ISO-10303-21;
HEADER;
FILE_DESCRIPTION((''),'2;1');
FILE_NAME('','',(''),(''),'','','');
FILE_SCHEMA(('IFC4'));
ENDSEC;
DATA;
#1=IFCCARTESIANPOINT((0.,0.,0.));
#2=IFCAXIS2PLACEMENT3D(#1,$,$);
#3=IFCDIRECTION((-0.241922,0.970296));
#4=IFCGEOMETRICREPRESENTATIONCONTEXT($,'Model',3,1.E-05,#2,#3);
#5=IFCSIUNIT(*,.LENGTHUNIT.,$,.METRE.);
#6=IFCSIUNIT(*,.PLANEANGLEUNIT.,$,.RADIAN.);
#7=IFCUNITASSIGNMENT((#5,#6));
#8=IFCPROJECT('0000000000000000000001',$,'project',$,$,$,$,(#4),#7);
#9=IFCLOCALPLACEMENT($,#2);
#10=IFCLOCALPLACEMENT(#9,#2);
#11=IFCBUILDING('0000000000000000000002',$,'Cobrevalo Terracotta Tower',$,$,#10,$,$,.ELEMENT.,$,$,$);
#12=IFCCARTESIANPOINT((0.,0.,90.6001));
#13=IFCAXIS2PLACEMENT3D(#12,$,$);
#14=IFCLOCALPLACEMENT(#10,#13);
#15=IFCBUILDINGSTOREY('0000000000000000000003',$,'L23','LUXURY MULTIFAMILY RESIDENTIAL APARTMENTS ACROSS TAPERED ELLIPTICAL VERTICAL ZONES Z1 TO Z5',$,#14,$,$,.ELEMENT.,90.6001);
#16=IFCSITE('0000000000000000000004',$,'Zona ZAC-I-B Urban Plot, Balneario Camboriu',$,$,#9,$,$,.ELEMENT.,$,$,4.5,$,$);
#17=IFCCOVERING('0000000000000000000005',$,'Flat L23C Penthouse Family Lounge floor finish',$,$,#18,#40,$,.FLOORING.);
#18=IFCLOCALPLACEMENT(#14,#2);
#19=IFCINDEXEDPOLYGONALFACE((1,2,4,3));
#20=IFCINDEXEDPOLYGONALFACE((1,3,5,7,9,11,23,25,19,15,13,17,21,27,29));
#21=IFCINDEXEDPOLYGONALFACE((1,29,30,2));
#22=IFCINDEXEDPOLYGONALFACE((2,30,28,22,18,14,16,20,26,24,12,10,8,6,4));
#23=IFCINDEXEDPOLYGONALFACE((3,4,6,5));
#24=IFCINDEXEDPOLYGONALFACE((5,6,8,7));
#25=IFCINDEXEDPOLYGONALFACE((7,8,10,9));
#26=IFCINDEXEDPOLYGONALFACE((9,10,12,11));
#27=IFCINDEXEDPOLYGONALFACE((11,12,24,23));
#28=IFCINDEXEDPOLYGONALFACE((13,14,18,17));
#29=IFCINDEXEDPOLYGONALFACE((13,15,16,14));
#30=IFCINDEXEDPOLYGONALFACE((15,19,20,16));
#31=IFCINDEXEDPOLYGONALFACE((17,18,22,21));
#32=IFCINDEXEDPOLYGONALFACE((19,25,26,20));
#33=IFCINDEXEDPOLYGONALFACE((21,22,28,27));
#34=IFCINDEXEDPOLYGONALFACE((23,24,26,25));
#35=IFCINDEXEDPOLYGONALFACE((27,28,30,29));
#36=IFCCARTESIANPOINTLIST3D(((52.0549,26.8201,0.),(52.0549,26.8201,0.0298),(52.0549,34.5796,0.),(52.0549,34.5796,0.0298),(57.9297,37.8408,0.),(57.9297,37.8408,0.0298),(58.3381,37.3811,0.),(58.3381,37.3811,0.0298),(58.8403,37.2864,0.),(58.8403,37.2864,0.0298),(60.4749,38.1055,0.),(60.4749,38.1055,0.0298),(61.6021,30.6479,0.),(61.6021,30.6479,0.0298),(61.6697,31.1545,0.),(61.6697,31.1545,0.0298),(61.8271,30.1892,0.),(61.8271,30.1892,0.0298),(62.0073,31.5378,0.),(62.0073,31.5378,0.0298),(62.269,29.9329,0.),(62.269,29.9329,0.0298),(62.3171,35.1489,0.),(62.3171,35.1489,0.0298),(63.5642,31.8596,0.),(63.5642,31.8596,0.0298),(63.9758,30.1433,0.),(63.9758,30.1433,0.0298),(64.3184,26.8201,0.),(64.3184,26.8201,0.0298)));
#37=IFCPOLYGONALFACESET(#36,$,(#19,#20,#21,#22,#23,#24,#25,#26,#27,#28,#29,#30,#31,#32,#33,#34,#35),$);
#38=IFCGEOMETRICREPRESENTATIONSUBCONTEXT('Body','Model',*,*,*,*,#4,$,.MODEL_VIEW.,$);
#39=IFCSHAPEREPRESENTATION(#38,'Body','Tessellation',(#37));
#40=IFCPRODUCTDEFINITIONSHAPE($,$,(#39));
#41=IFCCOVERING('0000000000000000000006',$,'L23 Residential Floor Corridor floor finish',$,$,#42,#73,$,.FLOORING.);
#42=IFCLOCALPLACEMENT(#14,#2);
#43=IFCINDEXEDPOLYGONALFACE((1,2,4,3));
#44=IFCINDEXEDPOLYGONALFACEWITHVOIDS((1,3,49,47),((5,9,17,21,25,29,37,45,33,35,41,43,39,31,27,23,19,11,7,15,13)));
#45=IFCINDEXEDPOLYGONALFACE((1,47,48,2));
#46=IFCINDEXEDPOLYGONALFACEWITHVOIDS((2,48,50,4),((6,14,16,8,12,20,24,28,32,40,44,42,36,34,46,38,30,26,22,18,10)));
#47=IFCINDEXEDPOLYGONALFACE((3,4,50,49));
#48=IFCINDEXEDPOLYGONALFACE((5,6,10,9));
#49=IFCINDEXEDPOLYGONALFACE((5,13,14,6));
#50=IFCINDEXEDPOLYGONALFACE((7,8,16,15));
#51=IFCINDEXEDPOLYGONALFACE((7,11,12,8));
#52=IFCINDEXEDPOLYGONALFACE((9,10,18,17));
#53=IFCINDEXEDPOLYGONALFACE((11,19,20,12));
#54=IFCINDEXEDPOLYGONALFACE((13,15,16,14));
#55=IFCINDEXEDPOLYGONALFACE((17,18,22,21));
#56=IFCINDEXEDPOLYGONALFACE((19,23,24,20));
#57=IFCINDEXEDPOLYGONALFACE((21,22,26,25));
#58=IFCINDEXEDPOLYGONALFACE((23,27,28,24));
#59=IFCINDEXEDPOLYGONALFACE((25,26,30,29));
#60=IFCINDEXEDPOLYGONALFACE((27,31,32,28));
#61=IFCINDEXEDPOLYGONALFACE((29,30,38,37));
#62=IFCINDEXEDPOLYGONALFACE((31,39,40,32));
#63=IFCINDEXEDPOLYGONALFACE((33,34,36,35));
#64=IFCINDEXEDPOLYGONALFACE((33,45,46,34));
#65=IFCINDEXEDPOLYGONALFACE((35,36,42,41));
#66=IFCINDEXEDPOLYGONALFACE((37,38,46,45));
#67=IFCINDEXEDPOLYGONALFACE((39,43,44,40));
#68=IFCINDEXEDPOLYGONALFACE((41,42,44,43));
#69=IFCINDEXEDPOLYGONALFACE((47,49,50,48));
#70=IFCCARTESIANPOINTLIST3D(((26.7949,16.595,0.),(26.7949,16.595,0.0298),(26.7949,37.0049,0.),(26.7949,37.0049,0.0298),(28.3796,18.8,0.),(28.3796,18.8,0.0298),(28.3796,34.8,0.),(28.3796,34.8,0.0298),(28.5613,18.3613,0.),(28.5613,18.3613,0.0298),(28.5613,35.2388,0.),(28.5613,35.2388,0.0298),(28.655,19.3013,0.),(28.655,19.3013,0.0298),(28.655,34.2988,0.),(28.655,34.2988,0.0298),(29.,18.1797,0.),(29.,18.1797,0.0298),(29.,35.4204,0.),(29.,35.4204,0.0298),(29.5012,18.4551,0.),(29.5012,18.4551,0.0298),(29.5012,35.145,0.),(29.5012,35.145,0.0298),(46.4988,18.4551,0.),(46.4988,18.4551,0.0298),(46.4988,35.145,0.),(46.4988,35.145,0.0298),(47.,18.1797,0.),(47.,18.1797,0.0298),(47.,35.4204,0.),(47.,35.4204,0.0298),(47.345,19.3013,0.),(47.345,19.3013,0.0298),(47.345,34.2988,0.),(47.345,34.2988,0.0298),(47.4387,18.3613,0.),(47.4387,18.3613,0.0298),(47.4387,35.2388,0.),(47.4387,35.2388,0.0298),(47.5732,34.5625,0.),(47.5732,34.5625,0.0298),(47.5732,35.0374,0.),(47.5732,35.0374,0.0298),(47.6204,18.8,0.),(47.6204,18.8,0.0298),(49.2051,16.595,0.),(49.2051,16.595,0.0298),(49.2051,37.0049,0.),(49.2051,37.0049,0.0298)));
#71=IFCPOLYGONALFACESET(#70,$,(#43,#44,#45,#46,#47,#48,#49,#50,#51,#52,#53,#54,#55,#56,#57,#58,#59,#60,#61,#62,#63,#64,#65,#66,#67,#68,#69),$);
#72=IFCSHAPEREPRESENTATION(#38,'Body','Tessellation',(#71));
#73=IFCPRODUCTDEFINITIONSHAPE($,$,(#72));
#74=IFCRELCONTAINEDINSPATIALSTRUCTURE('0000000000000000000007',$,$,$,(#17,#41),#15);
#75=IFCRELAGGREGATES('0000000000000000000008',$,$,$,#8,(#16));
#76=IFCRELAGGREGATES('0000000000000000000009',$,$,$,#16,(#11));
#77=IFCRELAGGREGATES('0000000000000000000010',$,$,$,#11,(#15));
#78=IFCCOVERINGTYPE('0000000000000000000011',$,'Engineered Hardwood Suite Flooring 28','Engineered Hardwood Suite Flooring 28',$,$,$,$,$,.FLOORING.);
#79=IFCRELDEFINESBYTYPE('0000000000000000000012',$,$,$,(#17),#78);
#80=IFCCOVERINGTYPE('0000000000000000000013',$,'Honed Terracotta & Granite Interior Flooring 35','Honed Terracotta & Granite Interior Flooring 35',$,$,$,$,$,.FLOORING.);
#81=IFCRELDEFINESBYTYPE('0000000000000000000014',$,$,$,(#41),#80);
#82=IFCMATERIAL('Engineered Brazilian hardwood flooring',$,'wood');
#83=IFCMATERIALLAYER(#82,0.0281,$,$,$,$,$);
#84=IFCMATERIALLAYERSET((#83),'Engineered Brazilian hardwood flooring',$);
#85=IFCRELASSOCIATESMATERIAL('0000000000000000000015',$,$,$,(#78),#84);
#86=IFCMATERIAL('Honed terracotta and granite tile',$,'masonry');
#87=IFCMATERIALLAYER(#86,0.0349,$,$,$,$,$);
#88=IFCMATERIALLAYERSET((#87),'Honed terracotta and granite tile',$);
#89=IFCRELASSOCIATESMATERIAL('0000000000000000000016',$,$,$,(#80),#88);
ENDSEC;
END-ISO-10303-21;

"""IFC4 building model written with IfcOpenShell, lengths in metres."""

from ifc_helpers import new_model, si_unit, direction, frame, origin, place, context, subcontext, project, spatial, polyline, outline, extrude, material, layer, layer_set, type_object, element, save


model = new_model("IFC4")

# Units and contexts
model_context = context("Model", 3, precision=1e-05, world=origin(), true_north=direction((-0.241922, 0.970296)))
body_context = subcontext(model_context, "Body", "Model", "MODEL_VIEW")
ifc_project = project(units=[si_unit("LENGTHUNIT", "METRE"), si_unit("PLANEANGLEUNIT", "RADIAN")], contexts=[model_context])

# Site, building, storey
site_placement = place(None, origin())
site = spatial("IfcSite", under=ifc_project, at=site_placement, Name="Zona ZAC-I-B Urban Plot, Balneario Camboriu", CompositionType="ELEMENT", RefElevation=4.5)
building_placement = place(site_placement, origin())
building = spatial("IfcBuilding", under=site, at=building_placement, Name="Cobrevalo Terracotta Tower", CompositionType="ELEMENT")
storey_placement = place(building_placement, frame((0.0, 0.0, 90.6001)))
storey = spatial("IfcBuildingStorey", under=building, at=storey_placement, Name="L23", Description="LUXURY MULTIFAMILY RESIDENTIAL APARTMENTS ACROSS TAPERED ELLIPTICAL VERTICAL ZONES Z1 TO Z5", CompositionType="ELEMENT", Elevation=90.6001)

# Coverings
ifc_material_1 = material(Name="Engineered Brazilian hardwood flooring", Category="wood")
ifc_layer_1 = layer(ifc_material_1, 0.0281)
ifc_layer_set_1 = layer_set([ifc_layer_1], Name="Engineered Brazilian hardwood flooring")
covering_type_1 = type_object("IfcCoveringType", Name="Engineered Hardwood Suite Flooring 28", Description="Engineered Hardwood Suite Flooring 28", PredefinedType="FLOORING", material=ifc_layer_set_1)
covering_1_placement = place(storey_placement, origin())
element("IfcCovering", 1, at=covering_1_placement, inside=storey, type_object=covering_type_1, Name="Flat L23C Penthouse Family Lounge floor finish", PredefinedType="FLOORING", context=body_context, shape_type="SweptSolid", body=[
    extrude(outline(polyline([(57.9297, 37.8408), (58.3381, 37.3811), (58.8403, 37.2864), (60.4749, 38.1055), (62.3171, 35.1489), (63.5642, 31.8596), (62.0073, 31.5378), (61.6697, 31.1545), (61.6021, 30.6479), (61.8271, 30.1892), (62.269, 29.9329), (63.9758, 30.1433), (64.3184, 26.8201), (52.0549, 26.8201), (52.0549, 34.5796), (57.9297, 37.8408)])), origin(), (0.0, 0.0, 1.0), 0.0298),
])
ifc_material_2 = material(Name="Honed terracotta and granite tile", Category="masonry")
ifc_layer_2 = layer(ifc_material_2, 0.0349)
ifc_layer_set_2 = layer_set([ifc_layer_2], Name="Honed terracotta and granite tile")
covering_type_2 = type_object("IfcCoveringType", Name="Honed Terracotta & Granite Interior Flooring 35", Description="Honed Terracotta & Granite Interior Flooring 35", PredefinedType="FLOORING", material=ifc_layer_set_2)
covering_2_placement = place(storey_placement, origin())
element("IfcCovering", 2, at=covering_2_placement, inside=storey, type_object=covering_type_2, Name="L23 Residential Floor Corridor floor finish", PredefinedType="FLOORING", context=body_context, shape_type="SweptSolid", body=[
    extrude(outline(polyline([(49.2051, 37.0049), (49.2051, 16.595), (26.7949, 16.595), (26.7949, 37.0049), (49.2051, 37.0049)]), holes=[polyline([(47.345, 34.2988), (47.5732, 34.5625), (47.5732, 35.0374), (47.4387, 35.2388), (47.0, 35.4204), (46.4988, 35.145), (29.5012, 35.145), (29.0, 35.4204), (28.5613, 35.2388), (28.3796, 34.8), (28.655, 34.2988), (28.655, 19.3013), (28.3796, 18.8), (28.5613, 18.3613), (29.0, 18.1797), (29.5012, 18.4551), (46.4988, 18.4551), (47.0, 18.1797), (47.4387, 18.3613), (47.6204, 18.8), (47.345, 19.3013), (47.345, 34.2988)])]), origin(), (0.0, 0.0, 1.0), 0.0298),
])

save(model, "model.ifc")
